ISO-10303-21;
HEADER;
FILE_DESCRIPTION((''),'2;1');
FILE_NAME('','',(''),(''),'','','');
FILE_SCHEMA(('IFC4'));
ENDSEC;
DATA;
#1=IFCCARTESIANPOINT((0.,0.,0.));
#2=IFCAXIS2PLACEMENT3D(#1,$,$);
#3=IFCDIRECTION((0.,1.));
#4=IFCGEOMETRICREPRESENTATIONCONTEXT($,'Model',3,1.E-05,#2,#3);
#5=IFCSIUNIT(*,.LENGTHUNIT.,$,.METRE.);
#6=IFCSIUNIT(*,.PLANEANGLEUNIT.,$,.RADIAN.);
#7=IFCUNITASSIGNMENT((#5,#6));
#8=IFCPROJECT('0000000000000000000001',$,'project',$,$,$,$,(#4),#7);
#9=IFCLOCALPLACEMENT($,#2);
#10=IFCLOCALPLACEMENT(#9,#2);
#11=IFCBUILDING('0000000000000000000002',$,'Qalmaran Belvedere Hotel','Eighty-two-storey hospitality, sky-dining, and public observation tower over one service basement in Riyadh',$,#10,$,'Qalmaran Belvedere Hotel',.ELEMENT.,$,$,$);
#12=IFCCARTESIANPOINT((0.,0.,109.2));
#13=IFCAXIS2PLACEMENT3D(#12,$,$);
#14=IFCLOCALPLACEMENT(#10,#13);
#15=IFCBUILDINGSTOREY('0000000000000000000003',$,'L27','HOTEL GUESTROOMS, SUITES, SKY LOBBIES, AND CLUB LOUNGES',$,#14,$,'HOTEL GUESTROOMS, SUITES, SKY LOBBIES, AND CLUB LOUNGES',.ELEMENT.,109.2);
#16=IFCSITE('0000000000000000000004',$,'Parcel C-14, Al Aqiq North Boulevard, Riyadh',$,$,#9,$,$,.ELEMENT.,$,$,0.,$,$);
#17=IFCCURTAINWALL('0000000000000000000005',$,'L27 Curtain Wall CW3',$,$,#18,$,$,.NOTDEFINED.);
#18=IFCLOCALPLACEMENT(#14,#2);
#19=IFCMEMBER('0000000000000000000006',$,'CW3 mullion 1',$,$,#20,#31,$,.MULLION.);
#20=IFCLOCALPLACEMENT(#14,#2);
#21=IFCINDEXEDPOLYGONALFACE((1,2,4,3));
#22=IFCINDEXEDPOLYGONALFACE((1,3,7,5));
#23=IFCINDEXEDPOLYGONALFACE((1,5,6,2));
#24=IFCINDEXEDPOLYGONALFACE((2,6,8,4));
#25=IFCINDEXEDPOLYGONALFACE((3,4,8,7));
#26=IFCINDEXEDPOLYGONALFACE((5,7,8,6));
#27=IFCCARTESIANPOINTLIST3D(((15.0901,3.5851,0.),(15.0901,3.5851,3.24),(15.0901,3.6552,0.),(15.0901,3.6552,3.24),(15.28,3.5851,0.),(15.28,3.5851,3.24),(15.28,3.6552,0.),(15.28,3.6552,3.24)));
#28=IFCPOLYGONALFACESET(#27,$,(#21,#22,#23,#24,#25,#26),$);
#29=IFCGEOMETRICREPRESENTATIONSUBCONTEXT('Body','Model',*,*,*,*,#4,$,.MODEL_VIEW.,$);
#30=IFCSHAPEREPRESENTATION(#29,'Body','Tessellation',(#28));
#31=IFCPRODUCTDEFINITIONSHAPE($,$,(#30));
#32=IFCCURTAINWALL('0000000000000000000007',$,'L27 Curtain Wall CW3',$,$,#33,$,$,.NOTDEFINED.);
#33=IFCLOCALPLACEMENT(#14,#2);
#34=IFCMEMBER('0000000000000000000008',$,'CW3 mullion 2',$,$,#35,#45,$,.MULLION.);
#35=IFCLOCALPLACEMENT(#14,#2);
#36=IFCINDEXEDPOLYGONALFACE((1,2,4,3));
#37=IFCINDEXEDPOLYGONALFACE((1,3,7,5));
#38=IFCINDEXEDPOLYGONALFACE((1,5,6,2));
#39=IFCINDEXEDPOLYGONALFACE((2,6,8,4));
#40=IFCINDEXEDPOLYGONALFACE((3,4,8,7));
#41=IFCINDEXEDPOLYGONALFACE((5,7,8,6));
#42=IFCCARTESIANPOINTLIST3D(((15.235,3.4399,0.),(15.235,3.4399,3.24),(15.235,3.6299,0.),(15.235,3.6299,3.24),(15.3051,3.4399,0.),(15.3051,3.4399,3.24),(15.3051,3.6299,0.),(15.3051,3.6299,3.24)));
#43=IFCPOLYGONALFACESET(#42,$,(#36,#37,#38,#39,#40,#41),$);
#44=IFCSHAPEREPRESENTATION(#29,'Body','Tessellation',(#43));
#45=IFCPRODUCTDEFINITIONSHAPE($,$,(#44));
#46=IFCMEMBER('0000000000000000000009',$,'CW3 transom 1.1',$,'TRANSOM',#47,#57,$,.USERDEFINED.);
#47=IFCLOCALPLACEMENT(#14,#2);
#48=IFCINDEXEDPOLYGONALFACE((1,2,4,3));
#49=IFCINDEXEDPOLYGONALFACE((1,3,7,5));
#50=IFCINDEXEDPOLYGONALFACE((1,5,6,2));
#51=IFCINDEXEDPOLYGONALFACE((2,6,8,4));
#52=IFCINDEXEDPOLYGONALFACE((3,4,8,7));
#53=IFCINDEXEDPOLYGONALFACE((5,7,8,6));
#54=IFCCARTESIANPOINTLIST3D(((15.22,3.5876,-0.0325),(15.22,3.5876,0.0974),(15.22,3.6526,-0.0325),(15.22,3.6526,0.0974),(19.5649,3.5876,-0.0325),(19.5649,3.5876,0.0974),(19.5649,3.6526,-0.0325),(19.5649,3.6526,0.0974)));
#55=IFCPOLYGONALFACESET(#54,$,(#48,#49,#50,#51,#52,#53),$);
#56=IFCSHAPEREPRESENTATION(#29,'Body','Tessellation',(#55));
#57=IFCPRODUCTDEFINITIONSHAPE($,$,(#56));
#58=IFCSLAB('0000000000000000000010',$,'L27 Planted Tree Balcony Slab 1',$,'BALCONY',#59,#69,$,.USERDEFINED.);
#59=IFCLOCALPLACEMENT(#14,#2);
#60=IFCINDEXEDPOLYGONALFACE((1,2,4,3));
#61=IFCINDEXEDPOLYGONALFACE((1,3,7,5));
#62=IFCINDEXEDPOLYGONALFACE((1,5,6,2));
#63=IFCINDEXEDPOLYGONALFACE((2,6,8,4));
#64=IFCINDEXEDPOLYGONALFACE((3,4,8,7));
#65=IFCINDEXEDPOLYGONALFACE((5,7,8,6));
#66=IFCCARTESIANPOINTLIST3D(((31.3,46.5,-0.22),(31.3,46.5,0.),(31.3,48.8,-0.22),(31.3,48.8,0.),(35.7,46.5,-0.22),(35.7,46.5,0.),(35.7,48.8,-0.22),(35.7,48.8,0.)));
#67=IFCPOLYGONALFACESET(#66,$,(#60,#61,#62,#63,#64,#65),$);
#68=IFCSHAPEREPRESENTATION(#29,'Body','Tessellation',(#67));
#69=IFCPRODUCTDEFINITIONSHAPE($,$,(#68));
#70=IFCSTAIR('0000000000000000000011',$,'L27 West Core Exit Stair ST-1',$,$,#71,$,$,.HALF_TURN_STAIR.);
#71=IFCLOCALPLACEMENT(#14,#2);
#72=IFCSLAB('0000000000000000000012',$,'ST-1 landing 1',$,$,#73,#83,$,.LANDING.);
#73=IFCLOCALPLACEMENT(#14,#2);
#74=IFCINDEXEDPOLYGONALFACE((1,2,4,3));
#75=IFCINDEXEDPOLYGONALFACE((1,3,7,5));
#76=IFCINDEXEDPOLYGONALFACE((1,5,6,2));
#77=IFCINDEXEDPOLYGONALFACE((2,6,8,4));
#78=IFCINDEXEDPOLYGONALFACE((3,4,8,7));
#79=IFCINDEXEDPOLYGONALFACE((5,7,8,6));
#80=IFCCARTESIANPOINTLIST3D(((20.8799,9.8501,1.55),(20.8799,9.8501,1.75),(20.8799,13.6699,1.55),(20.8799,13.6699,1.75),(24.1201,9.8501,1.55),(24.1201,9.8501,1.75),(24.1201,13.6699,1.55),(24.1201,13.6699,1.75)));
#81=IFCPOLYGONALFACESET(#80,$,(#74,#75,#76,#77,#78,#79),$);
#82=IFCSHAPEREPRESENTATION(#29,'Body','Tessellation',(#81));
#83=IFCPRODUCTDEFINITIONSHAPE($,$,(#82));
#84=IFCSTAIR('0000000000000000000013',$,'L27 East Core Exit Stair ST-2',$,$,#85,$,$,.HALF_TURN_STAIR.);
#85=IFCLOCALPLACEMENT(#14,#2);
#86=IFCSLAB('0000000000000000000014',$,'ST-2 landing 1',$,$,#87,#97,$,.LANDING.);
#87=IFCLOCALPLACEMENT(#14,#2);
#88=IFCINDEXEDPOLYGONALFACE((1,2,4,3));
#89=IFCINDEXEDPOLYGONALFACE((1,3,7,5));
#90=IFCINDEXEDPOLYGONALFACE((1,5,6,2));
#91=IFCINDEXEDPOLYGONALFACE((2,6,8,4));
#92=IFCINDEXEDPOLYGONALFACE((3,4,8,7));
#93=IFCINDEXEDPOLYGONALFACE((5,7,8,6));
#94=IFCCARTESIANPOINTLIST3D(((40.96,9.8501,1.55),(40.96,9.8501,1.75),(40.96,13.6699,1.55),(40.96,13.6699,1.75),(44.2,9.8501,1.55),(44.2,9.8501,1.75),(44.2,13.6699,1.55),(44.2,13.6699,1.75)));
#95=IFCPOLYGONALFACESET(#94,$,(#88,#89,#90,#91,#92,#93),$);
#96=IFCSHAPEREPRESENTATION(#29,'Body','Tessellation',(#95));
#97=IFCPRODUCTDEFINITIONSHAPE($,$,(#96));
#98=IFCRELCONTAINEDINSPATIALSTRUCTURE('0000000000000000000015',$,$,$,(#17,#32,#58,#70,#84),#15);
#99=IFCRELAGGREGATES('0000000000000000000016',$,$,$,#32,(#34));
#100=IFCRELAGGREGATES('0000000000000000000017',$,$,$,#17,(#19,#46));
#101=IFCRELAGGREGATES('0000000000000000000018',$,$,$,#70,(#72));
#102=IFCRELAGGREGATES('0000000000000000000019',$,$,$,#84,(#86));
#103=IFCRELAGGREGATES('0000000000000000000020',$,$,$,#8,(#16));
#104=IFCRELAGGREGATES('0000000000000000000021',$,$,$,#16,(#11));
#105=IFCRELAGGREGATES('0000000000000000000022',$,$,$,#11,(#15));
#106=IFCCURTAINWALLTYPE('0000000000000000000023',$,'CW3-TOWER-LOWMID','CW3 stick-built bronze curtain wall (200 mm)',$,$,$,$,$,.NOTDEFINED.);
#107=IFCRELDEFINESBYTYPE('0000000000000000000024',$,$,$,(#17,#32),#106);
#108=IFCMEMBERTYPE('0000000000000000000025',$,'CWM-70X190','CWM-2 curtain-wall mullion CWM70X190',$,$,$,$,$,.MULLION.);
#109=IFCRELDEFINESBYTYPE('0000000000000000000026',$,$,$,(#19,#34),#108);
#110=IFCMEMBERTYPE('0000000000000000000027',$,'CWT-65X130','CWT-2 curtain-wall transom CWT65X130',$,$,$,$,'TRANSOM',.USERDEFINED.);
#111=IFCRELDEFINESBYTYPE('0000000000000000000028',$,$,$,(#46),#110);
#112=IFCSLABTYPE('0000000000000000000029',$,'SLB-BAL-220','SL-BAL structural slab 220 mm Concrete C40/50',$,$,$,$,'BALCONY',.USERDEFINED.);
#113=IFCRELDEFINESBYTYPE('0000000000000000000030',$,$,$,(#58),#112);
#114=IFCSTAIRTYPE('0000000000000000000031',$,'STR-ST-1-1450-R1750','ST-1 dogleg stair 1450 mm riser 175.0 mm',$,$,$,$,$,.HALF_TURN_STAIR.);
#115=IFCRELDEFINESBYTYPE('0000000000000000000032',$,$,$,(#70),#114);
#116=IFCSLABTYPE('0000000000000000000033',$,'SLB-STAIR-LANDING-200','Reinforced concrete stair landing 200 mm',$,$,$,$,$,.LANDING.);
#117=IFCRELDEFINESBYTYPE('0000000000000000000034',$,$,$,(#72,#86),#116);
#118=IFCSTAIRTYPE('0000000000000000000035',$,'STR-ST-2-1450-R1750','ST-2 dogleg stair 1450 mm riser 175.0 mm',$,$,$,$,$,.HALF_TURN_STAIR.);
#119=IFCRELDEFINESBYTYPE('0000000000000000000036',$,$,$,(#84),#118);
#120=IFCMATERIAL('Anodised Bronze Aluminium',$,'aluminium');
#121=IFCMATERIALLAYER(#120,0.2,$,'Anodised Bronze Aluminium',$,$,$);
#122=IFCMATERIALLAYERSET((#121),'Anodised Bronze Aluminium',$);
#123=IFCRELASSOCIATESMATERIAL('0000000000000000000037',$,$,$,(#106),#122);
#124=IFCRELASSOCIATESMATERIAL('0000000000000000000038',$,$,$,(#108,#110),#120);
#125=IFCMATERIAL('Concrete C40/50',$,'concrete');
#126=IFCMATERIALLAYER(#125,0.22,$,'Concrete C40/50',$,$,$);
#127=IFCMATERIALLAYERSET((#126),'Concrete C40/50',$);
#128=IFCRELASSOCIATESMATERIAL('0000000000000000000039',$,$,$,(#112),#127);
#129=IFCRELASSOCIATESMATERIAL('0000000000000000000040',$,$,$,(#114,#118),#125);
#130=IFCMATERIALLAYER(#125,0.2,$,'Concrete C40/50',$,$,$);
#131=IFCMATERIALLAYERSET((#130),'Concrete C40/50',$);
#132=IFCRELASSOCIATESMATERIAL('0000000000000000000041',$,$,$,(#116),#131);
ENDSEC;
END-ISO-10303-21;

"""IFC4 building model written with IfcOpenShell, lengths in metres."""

from ifc_helpers import new_model, si_unit, direction, frame, origin, origin_2d, place, context, subcontext, project, spatial, polyline, rectangle, outline, extrude, material, layer, layer_set, material_profile, profile_set, type_object, element, aggregate, save


model = new_model("IFC4")

# Units and contexts
model_context = context("Model", 3, precision=1e-05, world=origin(), true_north=direction((0.0, 1.0)))
body_context = subcontext(model_context, "Body", "Model", "MODEL_VIEW")
ifc_project = project(units=[si_unit("LENGTHUNIT", "METRE"), si_unit("PLANEANGLEUNIT", "RADIAN")], contexts=[model_context])

# Site, building, storey
site_placement = place(None, origin())
site = spatial("IfcSite", under=ifc_project, at=site_placement, Name="Parcel C-14, Al Aqiq North Boulevard, Riyadh", CompositionType="ELEMENT", RefElevation=0.0)
building_placement = place(site_placement, origin())
building = spatial("IfcBuilding", under=site, at=building_placement, Name="Qalmaran Belvedere Hotel", Description="Eighty-two-storey hospitality, sky-dining, and public observation tower over one service basement in Riyadh", LongName="Qalmaran Belvedere Hotel", CompositionType="ELEMENT")
storey_placement = place(building_placement, frame((0.0, 0.0, 109.2)))
storey = spatial("IfcBuildingStorey", under=building, at=storey_placement, Name="L27", Description="HOTEL GUESTROOMS, SUITES, SKY LOBBIES, AND CLUB LOUNGES", LongName="HOTEL GUESTROOMS, SUITES, SKY LOBBIES, AND CLUB LOUNGES", CompositionType="ELEMENT", Elevation=109.2)

# Curtain walls, members
ifc_material_1 = material(Name="Anodised Bronze Aluminium", Category="aluminium")
ifc_layer_1 = layer(ifc_material_1, 0.2, Name="Anodised Bronze Aluminium")
ifc_layer_set_1 = layer_set([ifc_layer_1], Name="Anodised Bronze Aluminium")
curtain_wall_type = type_object("IfcCurtainWallType", Name="CW3-TOWER-LOWMID", Description="CW3 stick-built bronze curtain wall (200 mm)", PredefinedType="NOTDEFINED", material=ifc_layer_set_1)
curtain_wall_1_placement = place(storey_placement, origin())
curtain_wall_1 = element("IfcCurtainWall", 1, at=curtain_wall_1_placement, inside=storey, type_object=curtain_wall_type, Name="L27 Curtain Wall CW3", PredefinedType="NOTDEFINED")
ifc_material_profile_1 = material_profile(ifc_material_1, rectangle(XDim=0.0701, YDim=0.1899, at=origin_2d()), Name="CWM70X190")
ifc_profile_set_1 = profile_set([ifc_material_profile_1], Name="Anodised Bronze Aluminium")
member_type_1 = type_object("IfcMemberType", Name="CWM-70X190", Description="CWM-2 curtain-wall mullion CWM70X190", PredefinedType="MULLION", material=ifc_profile_set_1)
member_1_placement = place(storey_placement, frame((15.1851, 3.6201, 0.0), z_axis=(0.0, 0.0, 1.0), x_axis=(0.0, 1.0, 0.0)))
member_1 = element("IfcMember", 2, at=member_1_placement, type_object=member_type_1, Name="CW3 mullion 1", PredefinedType="MULLION", context=body_context, shape_type="SweptSolid", body=[
    extrude(rectangle(XDim=0.0701, YDim=0.1899, at=origin_2d()), origin(), (0.0, 0.0, 1.0), 3.24),
])
curtain_wall_2_placement = place(storey_placement, origin())
curtain_wall_2 = element("IfcCurtainWall", 3, at=curtain_wall_2_placement, inside=storey, type_object=curtain_wall_type, Name="L27 Curtain Wall CW3", PredefinedType="NOTDEFINED")
member_2_placement = place(storey_placement, frame((15.27, 3.5349, 0.0), z_axis=(0.0, 0.0, 1.0), x_axis=(1.0, 0.0, 0.0)))
member_2 = element("IfcMember", 4, at=member_2_placement, type_object=member_type_1, Name="CW3 mullion 2", PredefinedType="MULLION", context=body_context, shape_type="SweptSolid", body=[
    extrude(rectangle(XDim=0.0701, YDim=0.1899, at=origin_2d()), origin(), (0.0, 0.0, 1.0), 3.24),
])
aggregate(curtain_wall_2, [member_2])

# Member
ifc_material_profile_2 = material_profile(ifc_material_1, rectangle(XDim=0.0649, YDim=0.1299, at=origin_2d()), Name="CWT65X130")
ifc_profile_set_2 = profile_set([ifc_material_profile_2], Name="Anodised Bronze Aluminium")
member_type_2 = type_object("IfcMemberType", Name="CWT-65X130", Description="CWT-2 curtain-wall transom CWT65X130", ElementType="TRANSOM", PredefinedType="USERDEFINED", material=ifc_profile_set_2)
member_3_placement = place(storey_placement, frame((15.22, 3.6201, 0.0325), z_axis=(1.0, 0.0, 0.0), x_axis=(0.0, 1.0, 0.0)))
member_3 = element("IfcMember", 5, at=member_3_placement, type_object=member_type_2, Name="CW3 transom 1.1", ObjectType="TRANSOM", PredefinedType="USERDEFINED", context=body_context, shape_type="SweptSolid", body=[
    extrude(rectangle(XDim=0.0649, YDim=0.1299, at=origin_2d()), origin(), (0.0, 0.0, 1.0), 4.345),
])
aggregate(curtain_wall_1, [member_1, member_3])

# Slab
ifc_material_2 = material(Name="Concrete C40/50", Category="concrete")
ifc_layer_2 = layer(ifc_material_2, 0.22, Name="Concrete C40/50")
ifc_layer_set_2 = layer_set([ifc_layer_2], Name="Concrete C40/50")
slab_type_1 = type_object("IfcSlabType", Name="SLB-BAL-220", Description="SL-BAL structural slab 220 mm Concrete C40/50", ElementType="BALCONY", PredefinedType="USERDEFINED", material=ifc_layer_set_2)
slab_1_placement = place(storey_placement, frame((0.0, 0.0, -0.22)))
element("IfcSlab", 6, at=slab_1_placement, inside=storey, type_object=slab_type_1, Name="L27 Planted Tree Balcony Slab 1", ObjectType="BALCONY", PredefinedType="USERDEFINED", context=body_context, shape_type="SweptSolid", body=[
    extrude(outline(polyline([(31.3, 46.5), (35.7, 46.5), (35.7, 48.8), (31.3, 48.8), (31.3, 46.5)])), origin(), (0.0, 0.0, 1.0), 0.22),
])

# Stairs, slabs
stair_type_1 = type_object("IfcStairType", Name="STR-ST-1-1450-R1750", Description="ST-1 dogleg stair 1450 mm riser 175.0 mm", PredefinedType="HALF_TURN_STAIR", material=ifc_material_2)
stair_1_placement = place(storey_placement, origin())
stair_1 = element("IfcStair", 7, at=stair_1_placement, inside=storey, type_object=stair_type_1, Name="L27 West Core Exit Stair ST-1", PredefinedType="HALF_TURN_STAIR")
ifc_layer_3 = layer(ifc_material_2, 0.2, Name="Concrete C40/50")
ifc_layer_set_3 = layer_set([ifc_layer_3], Name="Concrete C40/50")
slab_type_2 = type_object("IfcSlabType", Name="SLB-STAIR-LANDING-200", Description="Reinforced concrete stair landing 200 mm", PredefinedType="LANDING", material=ifc_layer_set_3)
slab_2_placement = place(storey_placement, frame((0.0, 0.0, 1.55)))
slab_2 = element("IfcSlab", 8, at=slab_2_placement, type_object=slab_type_2, Name="ST-1 landing 1", PredefinedType="LANDING", context=body_context, shape_type="SweptSolid", body=[
    extrude(outline(polyline([(20.8799, 13.6699), (20.8799, 9.8501), (24.1201, 9.8501), (24.1201, 13.6699), (20.8799, 13.6699)])), origin(), (0.0, 0.0, 1.0), 0.2),
])
aggregate(stair_1, [slab_2])
stair_type_2 = type_object("IfcStairType", Name="STR-ST-2-1450-R1750", Description="ST-2 dogleg stair 1450 mm riser 175.0 mm", PredefinedType="HALF_TURN_STAIR", material=ifc_material_2)
stair_2_placement = place(storey_placement, origin())
stair_2 = element("IfcStair", 9, at=stair_2_placement, inside=storey, type_object=stair_type_2, Name="L27 East Core Exit Stair ST-2", PredefinedType="HALF_TURN_STAIR")
slab_3_placement = place(storey_placement, frame((0.0, 0.0, 1.55)))
slab_3 = element("IfcSlab", 10, at=slab_3_placement, type_object=slab_type_2, Name="ST-2 landing 1", PredefinedType="LANDING", context=body_context, shape_type="SweptSolid", body=[
    extrude(outline(polyline([(40.96, 13.6699), (40.96, 9.8501), (44.2, 9.8501), (44.2, 13.6699), (40.96, 13.6699)])), origin(), (0.0, 0.0, 1.0), 0.2),
])
aggregate(stair_2, [slab_3])

save(model, "model.ifc")
